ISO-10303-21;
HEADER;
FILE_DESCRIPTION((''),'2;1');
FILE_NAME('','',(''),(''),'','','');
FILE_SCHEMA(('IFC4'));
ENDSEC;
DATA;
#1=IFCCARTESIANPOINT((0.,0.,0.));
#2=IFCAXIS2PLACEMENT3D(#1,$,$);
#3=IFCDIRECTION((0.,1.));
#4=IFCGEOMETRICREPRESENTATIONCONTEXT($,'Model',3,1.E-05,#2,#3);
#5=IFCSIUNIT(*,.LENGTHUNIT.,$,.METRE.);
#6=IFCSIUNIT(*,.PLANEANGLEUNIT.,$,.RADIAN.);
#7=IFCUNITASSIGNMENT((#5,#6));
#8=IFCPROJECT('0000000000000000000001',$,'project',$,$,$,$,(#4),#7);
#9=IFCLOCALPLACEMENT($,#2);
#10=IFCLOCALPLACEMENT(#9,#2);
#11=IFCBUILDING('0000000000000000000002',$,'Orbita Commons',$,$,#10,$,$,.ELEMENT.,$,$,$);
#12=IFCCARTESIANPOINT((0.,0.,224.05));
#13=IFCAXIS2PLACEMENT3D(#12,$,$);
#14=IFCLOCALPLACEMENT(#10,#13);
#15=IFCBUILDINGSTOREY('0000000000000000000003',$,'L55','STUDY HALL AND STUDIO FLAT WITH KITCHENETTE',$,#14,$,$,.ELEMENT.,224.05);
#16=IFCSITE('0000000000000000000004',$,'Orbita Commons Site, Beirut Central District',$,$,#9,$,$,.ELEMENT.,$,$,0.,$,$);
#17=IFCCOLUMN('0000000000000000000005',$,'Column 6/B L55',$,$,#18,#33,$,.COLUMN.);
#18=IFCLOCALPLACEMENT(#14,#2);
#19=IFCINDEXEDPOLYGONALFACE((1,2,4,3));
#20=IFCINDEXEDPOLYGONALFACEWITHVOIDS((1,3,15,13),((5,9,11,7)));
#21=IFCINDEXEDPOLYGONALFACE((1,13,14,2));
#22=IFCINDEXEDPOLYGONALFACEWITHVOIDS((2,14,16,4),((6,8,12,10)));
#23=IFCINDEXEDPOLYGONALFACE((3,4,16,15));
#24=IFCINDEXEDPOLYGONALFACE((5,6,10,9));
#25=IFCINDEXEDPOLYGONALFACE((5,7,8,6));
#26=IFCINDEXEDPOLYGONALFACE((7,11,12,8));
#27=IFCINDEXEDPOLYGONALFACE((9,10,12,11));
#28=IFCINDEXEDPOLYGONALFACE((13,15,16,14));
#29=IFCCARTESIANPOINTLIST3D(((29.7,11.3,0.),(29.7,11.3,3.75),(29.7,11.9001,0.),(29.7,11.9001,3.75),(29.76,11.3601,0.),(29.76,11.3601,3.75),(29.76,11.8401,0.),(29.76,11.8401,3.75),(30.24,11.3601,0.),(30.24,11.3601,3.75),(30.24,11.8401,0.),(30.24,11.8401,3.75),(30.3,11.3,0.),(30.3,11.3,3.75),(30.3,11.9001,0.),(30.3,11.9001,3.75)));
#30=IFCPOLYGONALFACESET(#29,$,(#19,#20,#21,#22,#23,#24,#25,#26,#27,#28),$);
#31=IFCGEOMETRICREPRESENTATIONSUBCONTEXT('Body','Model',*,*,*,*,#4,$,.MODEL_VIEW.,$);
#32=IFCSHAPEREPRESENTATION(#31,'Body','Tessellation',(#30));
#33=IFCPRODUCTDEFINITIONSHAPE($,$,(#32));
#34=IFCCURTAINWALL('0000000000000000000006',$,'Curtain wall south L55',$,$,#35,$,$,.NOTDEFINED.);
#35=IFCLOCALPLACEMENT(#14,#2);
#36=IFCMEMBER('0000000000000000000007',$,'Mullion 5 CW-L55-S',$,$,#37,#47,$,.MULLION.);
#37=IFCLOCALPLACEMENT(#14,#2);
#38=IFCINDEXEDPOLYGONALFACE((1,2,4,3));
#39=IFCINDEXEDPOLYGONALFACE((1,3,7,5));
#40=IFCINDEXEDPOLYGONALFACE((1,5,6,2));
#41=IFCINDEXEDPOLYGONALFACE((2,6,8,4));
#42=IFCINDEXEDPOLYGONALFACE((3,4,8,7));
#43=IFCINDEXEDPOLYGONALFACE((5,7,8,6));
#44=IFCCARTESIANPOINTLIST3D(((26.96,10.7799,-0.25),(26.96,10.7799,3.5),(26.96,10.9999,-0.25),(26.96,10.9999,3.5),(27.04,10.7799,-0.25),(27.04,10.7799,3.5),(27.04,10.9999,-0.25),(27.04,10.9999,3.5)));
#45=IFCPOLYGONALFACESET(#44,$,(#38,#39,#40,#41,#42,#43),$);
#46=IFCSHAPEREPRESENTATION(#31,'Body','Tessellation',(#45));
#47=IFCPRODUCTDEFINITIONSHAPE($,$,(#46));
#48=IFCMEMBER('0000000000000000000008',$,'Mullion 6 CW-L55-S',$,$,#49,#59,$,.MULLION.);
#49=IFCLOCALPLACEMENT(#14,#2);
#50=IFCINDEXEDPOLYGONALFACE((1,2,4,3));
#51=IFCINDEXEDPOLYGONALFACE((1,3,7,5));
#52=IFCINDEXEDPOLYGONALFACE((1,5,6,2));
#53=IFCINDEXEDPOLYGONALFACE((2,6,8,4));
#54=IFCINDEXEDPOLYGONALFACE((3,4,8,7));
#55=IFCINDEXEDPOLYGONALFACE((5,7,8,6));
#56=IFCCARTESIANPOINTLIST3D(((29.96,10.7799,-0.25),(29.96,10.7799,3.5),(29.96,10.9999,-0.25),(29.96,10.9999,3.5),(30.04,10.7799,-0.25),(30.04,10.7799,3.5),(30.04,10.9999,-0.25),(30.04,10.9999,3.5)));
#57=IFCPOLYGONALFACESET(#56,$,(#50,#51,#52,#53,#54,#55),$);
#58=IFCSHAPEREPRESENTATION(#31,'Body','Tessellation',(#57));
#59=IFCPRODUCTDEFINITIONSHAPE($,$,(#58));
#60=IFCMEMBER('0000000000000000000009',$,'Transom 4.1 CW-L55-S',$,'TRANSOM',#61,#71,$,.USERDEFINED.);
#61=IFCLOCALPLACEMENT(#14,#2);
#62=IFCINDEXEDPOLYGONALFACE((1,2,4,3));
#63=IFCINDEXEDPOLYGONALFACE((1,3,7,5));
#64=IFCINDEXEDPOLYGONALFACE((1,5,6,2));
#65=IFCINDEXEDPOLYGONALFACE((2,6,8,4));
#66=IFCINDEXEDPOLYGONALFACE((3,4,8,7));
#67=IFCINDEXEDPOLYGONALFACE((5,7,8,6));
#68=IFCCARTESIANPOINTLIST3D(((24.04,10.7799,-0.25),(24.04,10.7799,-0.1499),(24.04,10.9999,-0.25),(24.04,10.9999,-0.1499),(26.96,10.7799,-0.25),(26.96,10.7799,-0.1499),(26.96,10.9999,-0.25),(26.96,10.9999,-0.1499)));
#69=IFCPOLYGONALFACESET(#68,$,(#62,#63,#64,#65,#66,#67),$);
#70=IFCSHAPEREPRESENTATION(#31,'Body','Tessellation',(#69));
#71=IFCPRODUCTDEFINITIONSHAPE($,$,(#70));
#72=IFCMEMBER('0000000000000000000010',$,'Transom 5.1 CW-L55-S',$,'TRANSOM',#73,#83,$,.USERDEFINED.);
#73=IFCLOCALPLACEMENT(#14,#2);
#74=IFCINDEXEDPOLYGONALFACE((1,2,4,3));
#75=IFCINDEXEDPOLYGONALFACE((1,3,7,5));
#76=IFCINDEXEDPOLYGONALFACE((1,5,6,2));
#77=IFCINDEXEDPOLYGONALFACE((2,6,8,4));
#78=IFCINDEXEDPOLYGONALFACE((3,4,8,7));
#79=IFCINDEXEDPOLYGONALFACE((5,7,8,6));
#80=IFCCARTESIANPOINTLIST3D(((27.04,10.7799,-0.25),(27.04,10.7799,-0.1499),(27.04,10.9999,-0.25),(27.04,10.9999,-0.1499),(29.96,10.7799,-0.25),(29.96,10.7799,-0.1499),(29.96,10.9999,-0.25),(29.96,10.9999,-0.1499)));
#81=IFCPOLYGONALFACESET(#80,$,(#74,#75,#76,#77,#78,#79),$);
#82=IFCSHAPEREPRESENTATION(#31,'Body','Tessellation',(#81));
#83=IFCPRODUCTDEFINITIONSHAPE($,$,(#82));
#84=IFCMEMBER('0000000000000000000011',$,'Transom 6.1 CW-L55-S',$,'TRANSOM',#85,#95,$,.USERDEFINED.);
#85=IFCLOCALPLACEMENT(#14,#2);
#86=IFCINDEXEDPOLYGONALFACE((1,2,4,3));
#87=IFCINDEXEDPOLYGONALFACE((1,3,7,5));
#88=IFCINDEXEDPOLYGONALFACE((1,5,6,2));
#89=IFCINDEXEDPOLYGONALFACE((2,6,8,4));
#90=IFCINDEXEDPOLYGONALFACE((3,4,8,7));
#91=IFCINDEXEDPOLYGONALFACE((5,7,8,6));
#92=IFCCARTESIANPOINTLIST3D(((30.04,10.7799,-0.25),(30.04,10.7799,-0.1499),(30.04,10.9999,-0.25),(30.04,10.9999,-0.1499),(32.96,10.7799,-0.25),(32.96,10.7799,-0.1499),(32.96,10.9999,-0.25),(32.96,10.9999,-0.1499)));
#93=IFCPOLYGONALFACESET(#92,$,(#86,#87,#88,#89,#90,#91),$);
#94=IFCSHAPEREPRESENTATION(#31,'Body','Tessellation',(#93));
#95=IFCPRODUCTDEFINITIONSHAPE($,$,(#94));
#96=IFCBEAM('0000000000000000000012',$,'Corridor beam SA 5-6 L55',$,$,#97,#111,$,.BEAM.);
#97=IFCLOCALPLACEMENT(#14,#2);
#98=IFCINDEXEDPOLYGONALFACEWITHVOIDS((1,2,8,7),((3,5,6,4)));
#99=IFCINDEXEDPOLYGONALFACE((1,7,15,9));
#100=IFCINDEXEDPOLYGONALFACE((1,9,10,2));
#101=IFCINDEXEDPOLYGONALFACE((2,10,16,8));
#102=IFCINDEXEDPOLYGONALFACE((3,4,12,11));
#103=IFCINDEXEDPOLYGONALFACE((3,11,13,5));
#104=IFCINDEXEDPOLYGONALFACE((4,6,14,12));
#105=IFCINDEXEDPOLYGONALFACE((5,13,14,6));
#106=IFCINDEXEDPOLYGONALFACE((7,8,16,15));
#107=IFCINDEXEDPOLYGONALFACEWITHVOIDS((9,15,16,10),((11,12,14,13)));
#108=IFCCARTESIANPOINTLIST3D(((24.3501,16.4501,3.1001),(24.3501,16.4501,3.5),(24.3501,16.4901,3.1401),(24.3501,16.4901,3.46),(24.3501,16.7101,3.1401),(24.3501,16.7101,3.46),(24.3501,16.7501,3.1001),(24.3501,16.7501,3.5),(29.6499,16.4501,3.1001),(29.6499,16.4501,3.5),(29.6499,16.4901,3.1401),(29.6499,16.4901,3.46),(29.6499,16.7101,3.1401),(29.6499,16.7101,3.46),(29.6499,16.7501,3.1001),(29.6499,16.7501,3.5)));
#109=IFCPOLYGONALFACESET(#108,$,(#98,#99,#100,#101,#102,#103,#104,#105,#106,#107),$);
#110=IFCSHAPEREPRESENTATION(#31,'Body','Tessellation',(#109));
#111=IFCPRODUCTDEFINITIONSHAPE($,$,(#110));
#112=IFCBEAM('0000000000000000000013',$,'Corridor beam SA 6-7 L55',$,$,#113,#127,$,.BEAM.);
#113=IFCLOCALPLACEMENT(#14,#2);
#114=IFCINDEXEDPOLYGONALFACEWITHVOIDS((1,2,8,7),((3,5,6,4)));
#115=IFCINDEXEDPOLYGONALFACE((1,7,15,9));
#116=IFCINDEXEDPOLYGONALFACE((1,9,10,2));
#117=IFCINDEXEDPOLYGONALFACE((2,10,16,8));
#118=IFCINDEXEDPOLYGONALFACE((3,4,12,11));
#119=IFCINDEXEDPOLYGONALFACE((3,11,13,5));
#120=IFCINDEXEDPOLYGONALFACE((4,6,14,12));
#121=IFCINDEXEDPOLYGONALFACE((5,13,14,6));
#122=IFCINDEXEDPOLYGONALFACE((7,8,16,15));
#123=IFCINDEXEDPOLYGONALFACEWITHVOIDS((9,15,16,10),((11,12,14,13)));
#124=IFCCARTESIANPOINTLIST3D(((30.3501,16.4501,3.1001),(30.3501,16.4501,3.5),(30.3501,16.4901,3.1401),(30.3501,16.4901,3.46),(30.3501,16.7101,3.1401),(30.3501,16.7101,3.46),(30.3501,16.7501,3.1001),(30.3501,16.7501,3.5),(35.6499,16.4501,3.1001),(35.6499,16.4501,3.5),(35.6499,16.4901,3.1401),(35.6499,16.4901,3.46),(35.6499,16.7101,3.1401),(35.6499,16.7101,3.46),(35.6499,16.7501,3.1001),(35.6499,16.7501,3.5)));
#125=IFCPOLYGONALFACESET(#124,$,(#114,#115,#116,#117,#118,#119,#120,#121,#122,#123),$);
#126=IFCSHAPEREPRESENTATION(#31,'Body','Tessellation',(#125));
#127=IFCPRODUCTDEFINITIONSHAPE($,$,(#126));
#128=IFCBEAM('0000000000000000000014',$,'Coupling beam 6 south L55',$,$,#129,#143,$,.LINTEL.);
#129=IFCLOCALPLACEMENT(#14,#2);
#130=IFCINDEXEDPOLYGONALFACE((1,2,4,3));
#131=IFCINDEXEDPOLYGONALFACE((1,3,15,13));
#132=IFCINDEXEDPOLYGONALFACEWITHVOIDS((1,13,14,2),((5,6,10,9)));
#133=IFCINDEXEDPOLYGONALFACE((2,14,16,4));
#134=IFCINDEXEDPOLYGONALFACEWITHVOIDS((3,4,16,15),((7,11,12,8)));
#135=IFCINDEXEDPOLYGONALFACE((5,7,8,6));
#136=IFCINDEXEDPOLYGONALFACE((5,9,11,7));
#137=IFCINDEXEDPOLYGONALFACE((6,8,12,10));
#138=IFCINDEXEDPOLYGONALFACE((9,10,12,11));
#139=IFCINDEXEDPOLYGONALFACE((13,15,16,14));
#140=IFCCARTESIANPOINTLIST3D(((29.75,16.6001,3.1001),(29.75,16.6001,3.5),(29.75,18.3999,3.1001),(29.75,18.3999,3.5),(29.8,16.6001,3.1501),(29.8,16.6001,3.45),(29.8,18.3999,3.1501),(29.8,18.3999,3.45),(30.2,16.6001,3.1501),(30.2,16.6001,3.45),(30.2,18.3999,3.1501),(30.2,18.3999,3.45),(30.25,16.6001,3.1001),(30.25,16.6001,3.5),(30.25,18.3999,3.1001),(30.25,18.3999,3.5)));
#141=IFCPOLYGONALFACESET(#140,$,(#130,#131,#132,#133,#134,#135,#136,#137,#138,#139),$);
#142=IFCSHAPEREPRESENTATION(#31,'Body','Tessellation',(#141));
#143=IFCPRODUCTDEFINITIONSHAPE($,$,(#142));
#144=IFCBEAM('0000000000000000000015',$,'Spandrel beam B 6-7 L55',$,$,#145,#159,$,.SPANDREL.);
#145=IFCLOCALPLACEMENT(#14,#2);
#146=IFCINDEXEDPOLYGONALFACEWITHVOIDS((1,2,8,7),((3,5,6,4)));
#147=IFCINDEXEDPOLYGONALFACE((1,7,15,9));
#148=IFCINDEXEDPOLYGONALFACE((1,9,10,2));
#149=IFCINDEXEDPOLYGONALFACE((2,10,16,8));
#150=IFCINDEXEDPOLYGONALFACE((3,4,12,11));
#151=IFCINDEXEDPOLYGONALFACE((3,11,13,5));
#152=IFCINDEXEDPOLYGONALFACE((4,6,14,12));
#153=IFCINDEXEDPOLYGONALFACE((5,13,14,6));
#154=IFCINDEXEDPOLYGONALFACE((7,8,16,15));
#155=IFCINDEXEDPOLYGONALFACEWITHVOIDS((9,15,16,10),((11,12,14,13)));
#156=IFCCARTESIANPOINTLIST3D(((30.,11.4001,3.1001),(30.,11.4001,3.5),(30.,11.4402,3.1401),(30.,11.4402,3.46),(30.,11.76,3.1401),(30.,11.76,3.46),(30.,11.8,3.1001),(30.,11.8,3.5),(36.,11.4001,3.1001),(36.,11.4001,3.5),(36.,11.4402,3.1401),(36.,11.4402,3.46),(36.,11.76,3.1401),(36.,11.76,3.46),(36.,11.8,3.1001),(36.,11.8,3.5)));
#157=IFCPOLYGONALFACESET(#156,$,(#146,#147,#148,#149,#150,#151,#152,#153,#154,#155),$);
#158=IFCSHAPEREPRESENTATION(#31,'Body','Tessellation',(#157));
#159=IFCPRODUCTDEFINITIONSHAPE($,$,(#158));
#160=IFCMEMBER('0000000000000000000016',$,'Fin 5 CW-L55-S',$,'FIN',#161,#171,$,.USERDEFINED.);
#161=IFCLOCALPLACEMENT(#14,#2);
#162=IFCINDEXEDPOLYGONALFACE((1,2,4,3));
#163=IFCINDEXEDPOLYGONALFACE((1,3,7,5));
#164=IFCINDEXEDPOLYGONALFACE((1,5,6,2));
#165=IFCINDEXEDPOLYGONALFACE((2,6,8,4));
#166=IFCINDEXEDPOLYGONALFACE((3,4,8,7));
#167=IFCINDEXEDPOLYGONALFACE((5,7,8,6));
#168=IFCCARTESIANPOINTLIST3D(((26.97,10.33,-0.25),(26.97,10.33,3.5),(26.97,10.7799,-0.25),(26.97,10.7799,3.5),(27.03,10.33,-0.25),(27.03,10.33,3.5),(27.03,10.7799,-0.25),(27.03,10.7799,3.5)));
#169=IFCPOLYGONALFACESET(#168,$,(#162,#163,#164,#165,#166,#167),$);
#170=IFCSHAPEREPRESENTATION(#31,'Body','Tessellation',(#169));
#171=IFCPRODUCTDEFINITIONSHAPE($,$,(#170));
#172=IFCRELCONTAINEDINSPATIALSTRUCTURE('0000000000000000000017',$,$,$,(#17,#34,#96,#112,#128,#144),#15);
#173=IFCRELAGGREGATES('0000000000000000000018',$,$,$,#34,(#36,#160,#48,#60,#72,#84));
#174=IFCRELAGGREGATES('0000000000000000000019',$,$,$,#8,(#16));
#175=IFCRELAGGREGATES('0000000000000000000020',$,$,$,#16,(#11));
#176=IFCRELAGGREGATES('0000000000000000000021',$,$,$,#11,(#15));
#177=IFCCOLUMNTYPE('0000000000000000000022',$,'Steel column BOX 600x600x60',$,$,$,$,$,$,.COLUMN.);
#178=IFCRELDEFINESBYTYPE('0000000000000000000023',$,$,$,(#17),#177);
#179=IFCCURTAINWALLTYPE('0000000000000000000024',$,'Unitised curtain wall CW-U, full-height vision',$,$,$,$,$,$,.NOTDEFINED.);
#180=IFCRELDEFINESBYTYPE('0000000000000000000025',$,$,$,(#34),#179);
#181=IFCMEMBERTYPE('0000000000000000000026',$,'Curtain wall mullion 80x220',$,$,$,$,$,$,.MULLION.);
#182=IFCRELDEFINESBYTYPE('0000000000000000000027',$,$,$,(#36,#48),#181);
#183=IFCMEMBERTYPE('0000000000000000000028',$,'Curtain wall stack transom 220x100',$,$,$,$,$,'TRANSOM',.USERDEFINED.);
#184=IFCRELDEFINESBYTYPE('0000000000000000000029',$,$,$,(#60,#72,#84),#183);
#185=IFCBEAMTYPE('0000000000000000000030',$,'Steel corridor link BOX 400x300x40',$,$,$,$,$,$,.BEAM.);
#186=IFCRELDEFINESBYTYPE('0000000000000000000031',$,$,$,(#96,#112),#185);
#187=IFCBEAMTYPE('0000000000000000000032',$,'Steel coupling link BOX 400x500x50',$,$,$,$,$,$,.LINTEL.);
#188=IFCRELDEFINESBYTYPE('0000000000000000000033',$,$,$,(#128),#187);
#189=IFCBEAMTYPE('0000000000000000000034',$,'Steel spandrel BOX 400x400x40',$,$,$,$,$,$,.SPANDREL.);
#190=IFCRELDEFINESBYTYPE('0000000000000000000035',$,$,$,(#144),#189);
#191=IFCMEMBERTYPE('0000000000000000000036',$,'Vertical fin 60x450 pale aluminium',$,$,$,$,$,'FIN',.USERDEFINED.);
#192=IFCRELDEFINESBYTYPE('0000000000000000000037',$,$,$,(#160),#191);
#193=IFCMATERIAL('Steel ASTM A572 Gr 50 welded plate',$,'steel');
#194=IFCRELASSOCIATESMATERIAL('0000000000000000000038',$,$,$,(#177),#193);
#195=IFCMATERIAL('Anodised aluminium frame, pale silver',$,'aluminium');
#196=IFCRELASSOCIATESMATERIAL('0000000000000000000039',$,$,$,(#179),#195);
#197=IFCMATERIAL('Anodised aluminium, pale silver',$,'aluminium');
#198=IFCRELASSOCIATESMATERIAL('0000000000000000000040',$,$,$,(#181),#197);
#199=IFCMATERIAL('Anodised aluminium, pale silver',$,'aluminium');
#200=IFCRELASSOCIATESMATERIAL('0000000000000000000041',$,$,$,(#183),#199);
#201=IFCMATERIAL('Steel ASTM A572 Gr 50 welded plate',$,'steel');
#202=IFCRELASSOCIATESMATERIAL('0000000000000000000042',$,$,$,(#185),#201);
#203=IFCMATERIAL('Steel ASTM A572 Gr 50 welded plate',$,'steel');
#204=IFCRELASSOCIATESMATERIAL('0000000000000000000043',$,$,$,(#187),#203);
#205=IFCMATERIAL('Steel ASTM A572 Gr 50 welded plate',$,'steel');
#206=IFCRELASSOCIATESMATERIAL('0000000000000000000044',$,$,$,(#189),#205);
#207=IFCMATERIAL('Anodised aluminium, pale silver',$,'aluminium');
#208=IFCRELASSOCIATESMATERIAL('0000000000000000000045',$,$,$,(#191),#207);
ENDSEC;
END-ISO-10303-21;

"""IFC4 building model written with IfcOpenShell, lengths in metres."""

from ifc_helpers import new_model, si_unit, direction, frame, origin, origin_2d, place, context, subcontext, project, spatial, rectangle, hollow_rectangle, extrude, material, material_profile, profile_set, type_object, element, aggregate, save


model = new_model("IFC4")

# Units and contexts
model_context = context("Model", 3, precision=1e-05, world=origin(), true_north=direction((0.0, 1.0)))
body_context = subcontext(model_context, "Body", "Model", "MODEL_VIEW")
ifc_project = project(units=[si_unit("LENGTHUNIT", "METRE"), si_unit("PLANEANGLEUNIT", "RADIAN")], contexts=[model_context])

# Site, building, storey
site_placement = place(None, origin())
site = spatial("IfcSite", under=ifc_project, at=site_placement, Name="Orbita Commons Site, Beirut Central District", CompositionType="ELEMENT", RefElevation=0.0)
building_placement = place(site_placement, origin())
building = spatial("IfcBuilding", under=site, at=building_placement, Name="Orbita Commons", CompositionType="ELEMENT")
storey_placement = place(building_placement, frame((0.0, 0.0, 224.05)))
storey = spatial("IfcBuildingStorey", under=building, at=storey_placement, Name="L55", Description="STUDY HALL AND STUDIO FLAT WITH KITCHENETTE", CompositionType="ELEMENT", Elevation=224.05)

# Column
ifc_material_1 = material(Name="Steel ASTM A572 Gr 50 welded plate", Category="steel")
ifc_material_profile_1 = material_profile(ifc_material_1, hollow_rectangle(XDim=0.6001, YDim=0.6001, WallThickness=0.0601, at=origin_2d()), Name="BOX 600x600x60")
ifc_profile_set_1 = profile_set([ifc_material_profile_1], Name="Steel ASTM A572 Gr 50 welded plate")
column_type = type_object("IfcColumnType", Name="Steel column BOX 600x600x60", PredefinedType="COLUMN", material=ifc_profile_set_1)
column_placement = place(storey_placement, frame((30.0, 11.6001, 0.0), z_axis=(0.0, 0.0, 1.0), x_axis=(1.0, 0.0, 0.0)))
element("IfcColumn", 1, at=column_placement, inside=storey, type_object=column_type, Name="Column 6/B L55", PredefinedType="COLUMN", context=body_context, shape_type="SweptSolid", body=[
    extrude(hollow_rectangle(XDim=0.6001, YDim=0.6001, WallThickness=0.0601, at=origin_2d()), origin(), (0.0, 0.0, 1.0), 3.75),
])

# Curtain wall, members
ifc_material_2 = material(Name="Anodised aluminium frame, pale silver", Category="aluminium")
curtain_wall_type = type_object("IfcCurtainWallType", Name="Unitised curtain wall CW-U, full-height vision", PredefinedType="NOTDEFINED", material=ifc_material_2)
curtain_wall_placement = place(storey_placement, origin())
curtain_wall = element("IfcCurtainWall", 2, at=curtain_wall_placement, inside=storey, type_object=curtain_wall_type, Name="Curtain wall south L55", PredefinedType="NOTDEFINED")
ifc_material_3 = material(Name="Anodised aluminium, pale silver", Category="aluminium")
ifc_material_profile_2 = material_profile(ifc_material_3, rectangle(XDim=0.0801, YDim=0.22, at=origin_2d()), Name="AL 80x220")
ifc_profile_set_2 = profile_set([ifc_material_profile_2], Name="Anodised aluminium, pale silver")
member_type_1 = type_object("IfcMemberType", Name="Curtain wall mullion 80x220", PredefinedType="MULLION", material=ifc_profile_set_2)
member_1_placement = place(storey_placement, frame((27.0, 10.8899, -0.25), z_axis=(0.0, 0.0, 1.0), x_axis=(1.0, 0.0, 0.0)))
member_1 = element("IfcMember", 3, at=member_1_placement, type_object=member_type_1, Name="Mullion 5 CW-L55-S", PredefinedType="MULLION", context=body_context, shape_type="SweptSolid", body=[
    extrude(rectangle(XDim=0.0801, YDim=0.22, at=origin_2d()), origin(), (0.0, 0.0, 1.0), 3.75),
])
member_2_placement = place(storey_placement, frame((30.0, 10.8899, -0.25), z_axis=(0.0, 0.0, 1.0), x_axis=(1.0, 0.0, 0.0)))
member_2 = element("IfcMember", 4, at=member_2_placement, type_object=member_type_1, Name="Mullion 6 CW-L55-S", PredefinedType="MULLION", context=body_context, shape_type="SweptSolid", body=[
    extrude(rectangle(XDim=0.0801, YDim=0.22, at=origin_2d()), origin(), (0.0, 0.0, 1.0), 3.75),
])
ifc_material_4 = material(Name="Anodised aluminium, pale silver", Category="aluminium")
ifc_material_profile_3 = material_profile(ifc_material_4, rectangle(XDim=0.22, YDim=0.1001, at=origin_2d()), Name="AL 220x100")
ifc_profile_set_3 = profile_set([ifc_material_profile_3], Name="Anodised aluminium, pale silver")
member_type_2 = type_object("IfcMemberType", Name="Curtain wall stack transom 220x100", ElementType="TRANSOM", PredefinedType="USERDEFINED", material=ifc_profile_set_3)
member_3_placement = place(storey_placement, frame((24.04, 10.8899, -0.2), z_axis=(1.0, 0.0, 0.0), x_axis=(0.0, 1.0, 0.0)))
member_3 = element("IfcMember", 5, at=member_3_placement, type_object=member_type_2, Name="Transom 4.1 CW-L55-S", ObjectType="TRANSOM", PredefinedType="USERDEFINED", context=body_context, shape_type="SweptSolid", body=[
    extrude(rectangle(XDim=0.22, YDim=0.1001, at=origin_2d()), origin(), (0.0, 0.0, 1.0), 2.9199),
])
member_4_placement = place(storey_placement, frame((27.04, 10.8899, -0.2), z_axis=(1.0, 0.0, 0.0), x_axis=(0.0, 1.0, 0.0)))
member_4 = element("IfcMember", 6, at=member_4_placement, type_object=member_type_2, Name="Transom 5.1 CW-L55-S", ObjectType="TRANSOM", PredefinedType="USERDEFINED", context=body_context, shape_type="SweptSolid", body=[
    extrude(rectangle(XDim=0.22, YDim=0.1001, at=origin_2d()), origin(), (0.0, 0.0, 1.0), 2.9199),
])
member_5_placement = place(storey_placement, frame((30.04, 10.8899, -0.2), z_axis=(1.0, 0.0, 0.0), x_axis=(0.0, 1.0, 0.0)))
member_5 = element("IfcMember", 7, at=member_5_placement, type_object=member_type_2, Name="Transom 6.1 CW-L55-S", ObjectType="TRANSOM", PredefinedType="USERDEFINED", context=body_context, shape_type="SweptSolid", body=[
    extrude(rectangle(XDim=0.22, YDim=0.1001, at=origin_2d()), origin(), (0.0, 0.0, 1.0), 2.9199),
])

# Beams
ifc_material_5 = material(Name="Steel ASTM A572 Gr 50 welded plate", Category="steel")
ifc_material_profile_4 = material_profile(ifc_material_5, hollow_rectangle(XDim=0.3, YDim=0.3999, WallThickness=0.04, at=origin_2d()), Name="BOX 400x300x40")
ifc_profile_set_4 = profile_set([ifc_material_profile_4], Name="Steel ASTM A572 Gr 50 welded plate")
beam_type_1 = type_object("IfcBeamType", Name="Steel corridor link BOX 400x300x40", PredefinedType="BEAM", material=ifc_profile_set_4)
for number, where, z_axis, x_axis, name in (
    (8, (24.3501, 16.6001, 3.3), (1.0, 0.0, 0.0), (0.0, 1.0, 0.0), "Corridor beam SA 5-6 L55"),
    (9, (30.3501, 16.6001, 3.3), (1.0, 0.0, 0.0), (0.0, 1.0, 0.0), "Corridor beam SA 6-7 L55"),
):
    element("IfcBeam", number, at=place(storey_placement, frame(where, z_axis=z_axis, x_axis=x_axis)), inside=storey, type_object=beam_type_1, Name=name, PredefinedType="BEAM", context=body_context, shape_type="SweptSolid", body=[
        extrude(hollow_rectangle(XDim=0.3, YDim=0.3999, WallThickness=0.04, at=origin_2d()), origin(), (0.0, 0.0, 1.0), 5.2998),
    ])
ifc_material_6 = material(Name="Steel ASTM A572 Gr 50 welded plate", Category="steel")
ifc_material_profile_5 = material_profile(ifc_material_6, hollow_rectangle(XDim=0.5, YDim=0.3999, WallThickness=0.05, at=origin_2d()), Name="BOX 400x500x50")
ifc_profile_set_5 = profile_set([ifc_material_profile_5], Name="Steel ASTM A572 Gr 50 welded plate")
beam_type_2 = type_object("IfcBeamType", Name="Steel coupling link BOX 400x500x50", PredefinedType="LINTEL", material=ifc_profile_set_5)
beam_1_placement = place(storey_placement, frame((30.0, 16.6001, 3.3), z_axis=(0.0, 1.0, 0.0), x_axis=(-1.0, 0.0, 0.0)))
element("IfcBeam", 10, at=beam_1_placement, inside=storey, type_object=beam_type_2, Name="Coupling beam 6 south L55", PredefinedType="LINTEL", context=body_context, shape_type="SweptSolid", body=[
    extrude(hollow_rectangle(XDim=0.5, YDim=0.3999, WallThickness=0.05, at=origin_2d()), origin(), (0.0, 0.0, 1.0), 1.7998),
])
ifc_material_7 = material(Name="Steel ASTM A572 Gr 50 welded plate", Category="steel")
ifc_material_profile_6 = material_profile(ifc_material_7, hollow_rectangle(XDim=0.3999, YDim=0.3999, WallThickness=0.04, at=origin_2d()), Name="BOX 400x400x40")
ifc_profile_set_6 = profile_set([ifc_material_profile_6], Name="Steel ASTM A572 Gr 50 welded plate")
beam_type_3 = type_object("IfcBeamType", Name="Steel spandrel BOX 400x400x40", PredefinedType="SPANDREL", material=ifc_profile_set_6)
beam_2_placement = place(storey_placement, frame((30.0, 11.6001, 3.3), z_axis=(1.0, 0.0, 0.0), x_axis=(0.0, 1.0, 0.0)))
element("IfcBeam", 11, at=beam_2_placement, inside=storey, type_object=beam_type_3, Name="Spandrel beam B 6-7 L55", PredefinedType="SPANDREL", context=body_context, shape_type="SweptSolid", body=[
    extrude(hollow_rectangle(XDim=0.3999, YDim=0.3999, WallThickness=0.04, at=origin_2d()), origin(), (0.0, 0.0, 1.0), 6.0),
])

# Member
ifc_material_8 = material(Name="Anodised aluminium, pale silver", Category="aluminium")
ifc_material_profile_7 = material_profile(ifc_material_8, rectangle(XDim=0.0601, YDim=0.45, at=origin_2d()), Name="FIN 60x450")
ifc_profile_set_7 = profile_set([ifc_material_profile_7], Name="Anodised aluminium, pale silver")
member_type_3 = type_object("IfcMemberType", Name="Vertical fin 60x450 pale aluminium", ElementType="FIN", PredefinedType="USERDEFINED", material=ifc_profile_set_7)
member_6_placement = place(storey_placement, frame((27.0, 10.5549, -0.25), z_axis=(0.0, 0.0, 1.0), x_axis=(1.0, 0.0, 0.0)))
member_6 = element("IfcMember", 12, at=member_6_placement, type_object=member_type_3, Name="Fin 5 CW-L55-S", ObjectType="FIN", PredefinedType="USERDEFINED", context=body_context, shape_type="SweptSolid", body=[
    extrude(rectangle(XDim=0.0601, YDim=0.45, at=origin_2d()), origin(), (0.0, 0.0, 1.0), 3.75),
])

aggregate(curtain_wall, [member_1, member_6, member_2, member_3, member_4, member_5])

save(model, "model.ifc")
